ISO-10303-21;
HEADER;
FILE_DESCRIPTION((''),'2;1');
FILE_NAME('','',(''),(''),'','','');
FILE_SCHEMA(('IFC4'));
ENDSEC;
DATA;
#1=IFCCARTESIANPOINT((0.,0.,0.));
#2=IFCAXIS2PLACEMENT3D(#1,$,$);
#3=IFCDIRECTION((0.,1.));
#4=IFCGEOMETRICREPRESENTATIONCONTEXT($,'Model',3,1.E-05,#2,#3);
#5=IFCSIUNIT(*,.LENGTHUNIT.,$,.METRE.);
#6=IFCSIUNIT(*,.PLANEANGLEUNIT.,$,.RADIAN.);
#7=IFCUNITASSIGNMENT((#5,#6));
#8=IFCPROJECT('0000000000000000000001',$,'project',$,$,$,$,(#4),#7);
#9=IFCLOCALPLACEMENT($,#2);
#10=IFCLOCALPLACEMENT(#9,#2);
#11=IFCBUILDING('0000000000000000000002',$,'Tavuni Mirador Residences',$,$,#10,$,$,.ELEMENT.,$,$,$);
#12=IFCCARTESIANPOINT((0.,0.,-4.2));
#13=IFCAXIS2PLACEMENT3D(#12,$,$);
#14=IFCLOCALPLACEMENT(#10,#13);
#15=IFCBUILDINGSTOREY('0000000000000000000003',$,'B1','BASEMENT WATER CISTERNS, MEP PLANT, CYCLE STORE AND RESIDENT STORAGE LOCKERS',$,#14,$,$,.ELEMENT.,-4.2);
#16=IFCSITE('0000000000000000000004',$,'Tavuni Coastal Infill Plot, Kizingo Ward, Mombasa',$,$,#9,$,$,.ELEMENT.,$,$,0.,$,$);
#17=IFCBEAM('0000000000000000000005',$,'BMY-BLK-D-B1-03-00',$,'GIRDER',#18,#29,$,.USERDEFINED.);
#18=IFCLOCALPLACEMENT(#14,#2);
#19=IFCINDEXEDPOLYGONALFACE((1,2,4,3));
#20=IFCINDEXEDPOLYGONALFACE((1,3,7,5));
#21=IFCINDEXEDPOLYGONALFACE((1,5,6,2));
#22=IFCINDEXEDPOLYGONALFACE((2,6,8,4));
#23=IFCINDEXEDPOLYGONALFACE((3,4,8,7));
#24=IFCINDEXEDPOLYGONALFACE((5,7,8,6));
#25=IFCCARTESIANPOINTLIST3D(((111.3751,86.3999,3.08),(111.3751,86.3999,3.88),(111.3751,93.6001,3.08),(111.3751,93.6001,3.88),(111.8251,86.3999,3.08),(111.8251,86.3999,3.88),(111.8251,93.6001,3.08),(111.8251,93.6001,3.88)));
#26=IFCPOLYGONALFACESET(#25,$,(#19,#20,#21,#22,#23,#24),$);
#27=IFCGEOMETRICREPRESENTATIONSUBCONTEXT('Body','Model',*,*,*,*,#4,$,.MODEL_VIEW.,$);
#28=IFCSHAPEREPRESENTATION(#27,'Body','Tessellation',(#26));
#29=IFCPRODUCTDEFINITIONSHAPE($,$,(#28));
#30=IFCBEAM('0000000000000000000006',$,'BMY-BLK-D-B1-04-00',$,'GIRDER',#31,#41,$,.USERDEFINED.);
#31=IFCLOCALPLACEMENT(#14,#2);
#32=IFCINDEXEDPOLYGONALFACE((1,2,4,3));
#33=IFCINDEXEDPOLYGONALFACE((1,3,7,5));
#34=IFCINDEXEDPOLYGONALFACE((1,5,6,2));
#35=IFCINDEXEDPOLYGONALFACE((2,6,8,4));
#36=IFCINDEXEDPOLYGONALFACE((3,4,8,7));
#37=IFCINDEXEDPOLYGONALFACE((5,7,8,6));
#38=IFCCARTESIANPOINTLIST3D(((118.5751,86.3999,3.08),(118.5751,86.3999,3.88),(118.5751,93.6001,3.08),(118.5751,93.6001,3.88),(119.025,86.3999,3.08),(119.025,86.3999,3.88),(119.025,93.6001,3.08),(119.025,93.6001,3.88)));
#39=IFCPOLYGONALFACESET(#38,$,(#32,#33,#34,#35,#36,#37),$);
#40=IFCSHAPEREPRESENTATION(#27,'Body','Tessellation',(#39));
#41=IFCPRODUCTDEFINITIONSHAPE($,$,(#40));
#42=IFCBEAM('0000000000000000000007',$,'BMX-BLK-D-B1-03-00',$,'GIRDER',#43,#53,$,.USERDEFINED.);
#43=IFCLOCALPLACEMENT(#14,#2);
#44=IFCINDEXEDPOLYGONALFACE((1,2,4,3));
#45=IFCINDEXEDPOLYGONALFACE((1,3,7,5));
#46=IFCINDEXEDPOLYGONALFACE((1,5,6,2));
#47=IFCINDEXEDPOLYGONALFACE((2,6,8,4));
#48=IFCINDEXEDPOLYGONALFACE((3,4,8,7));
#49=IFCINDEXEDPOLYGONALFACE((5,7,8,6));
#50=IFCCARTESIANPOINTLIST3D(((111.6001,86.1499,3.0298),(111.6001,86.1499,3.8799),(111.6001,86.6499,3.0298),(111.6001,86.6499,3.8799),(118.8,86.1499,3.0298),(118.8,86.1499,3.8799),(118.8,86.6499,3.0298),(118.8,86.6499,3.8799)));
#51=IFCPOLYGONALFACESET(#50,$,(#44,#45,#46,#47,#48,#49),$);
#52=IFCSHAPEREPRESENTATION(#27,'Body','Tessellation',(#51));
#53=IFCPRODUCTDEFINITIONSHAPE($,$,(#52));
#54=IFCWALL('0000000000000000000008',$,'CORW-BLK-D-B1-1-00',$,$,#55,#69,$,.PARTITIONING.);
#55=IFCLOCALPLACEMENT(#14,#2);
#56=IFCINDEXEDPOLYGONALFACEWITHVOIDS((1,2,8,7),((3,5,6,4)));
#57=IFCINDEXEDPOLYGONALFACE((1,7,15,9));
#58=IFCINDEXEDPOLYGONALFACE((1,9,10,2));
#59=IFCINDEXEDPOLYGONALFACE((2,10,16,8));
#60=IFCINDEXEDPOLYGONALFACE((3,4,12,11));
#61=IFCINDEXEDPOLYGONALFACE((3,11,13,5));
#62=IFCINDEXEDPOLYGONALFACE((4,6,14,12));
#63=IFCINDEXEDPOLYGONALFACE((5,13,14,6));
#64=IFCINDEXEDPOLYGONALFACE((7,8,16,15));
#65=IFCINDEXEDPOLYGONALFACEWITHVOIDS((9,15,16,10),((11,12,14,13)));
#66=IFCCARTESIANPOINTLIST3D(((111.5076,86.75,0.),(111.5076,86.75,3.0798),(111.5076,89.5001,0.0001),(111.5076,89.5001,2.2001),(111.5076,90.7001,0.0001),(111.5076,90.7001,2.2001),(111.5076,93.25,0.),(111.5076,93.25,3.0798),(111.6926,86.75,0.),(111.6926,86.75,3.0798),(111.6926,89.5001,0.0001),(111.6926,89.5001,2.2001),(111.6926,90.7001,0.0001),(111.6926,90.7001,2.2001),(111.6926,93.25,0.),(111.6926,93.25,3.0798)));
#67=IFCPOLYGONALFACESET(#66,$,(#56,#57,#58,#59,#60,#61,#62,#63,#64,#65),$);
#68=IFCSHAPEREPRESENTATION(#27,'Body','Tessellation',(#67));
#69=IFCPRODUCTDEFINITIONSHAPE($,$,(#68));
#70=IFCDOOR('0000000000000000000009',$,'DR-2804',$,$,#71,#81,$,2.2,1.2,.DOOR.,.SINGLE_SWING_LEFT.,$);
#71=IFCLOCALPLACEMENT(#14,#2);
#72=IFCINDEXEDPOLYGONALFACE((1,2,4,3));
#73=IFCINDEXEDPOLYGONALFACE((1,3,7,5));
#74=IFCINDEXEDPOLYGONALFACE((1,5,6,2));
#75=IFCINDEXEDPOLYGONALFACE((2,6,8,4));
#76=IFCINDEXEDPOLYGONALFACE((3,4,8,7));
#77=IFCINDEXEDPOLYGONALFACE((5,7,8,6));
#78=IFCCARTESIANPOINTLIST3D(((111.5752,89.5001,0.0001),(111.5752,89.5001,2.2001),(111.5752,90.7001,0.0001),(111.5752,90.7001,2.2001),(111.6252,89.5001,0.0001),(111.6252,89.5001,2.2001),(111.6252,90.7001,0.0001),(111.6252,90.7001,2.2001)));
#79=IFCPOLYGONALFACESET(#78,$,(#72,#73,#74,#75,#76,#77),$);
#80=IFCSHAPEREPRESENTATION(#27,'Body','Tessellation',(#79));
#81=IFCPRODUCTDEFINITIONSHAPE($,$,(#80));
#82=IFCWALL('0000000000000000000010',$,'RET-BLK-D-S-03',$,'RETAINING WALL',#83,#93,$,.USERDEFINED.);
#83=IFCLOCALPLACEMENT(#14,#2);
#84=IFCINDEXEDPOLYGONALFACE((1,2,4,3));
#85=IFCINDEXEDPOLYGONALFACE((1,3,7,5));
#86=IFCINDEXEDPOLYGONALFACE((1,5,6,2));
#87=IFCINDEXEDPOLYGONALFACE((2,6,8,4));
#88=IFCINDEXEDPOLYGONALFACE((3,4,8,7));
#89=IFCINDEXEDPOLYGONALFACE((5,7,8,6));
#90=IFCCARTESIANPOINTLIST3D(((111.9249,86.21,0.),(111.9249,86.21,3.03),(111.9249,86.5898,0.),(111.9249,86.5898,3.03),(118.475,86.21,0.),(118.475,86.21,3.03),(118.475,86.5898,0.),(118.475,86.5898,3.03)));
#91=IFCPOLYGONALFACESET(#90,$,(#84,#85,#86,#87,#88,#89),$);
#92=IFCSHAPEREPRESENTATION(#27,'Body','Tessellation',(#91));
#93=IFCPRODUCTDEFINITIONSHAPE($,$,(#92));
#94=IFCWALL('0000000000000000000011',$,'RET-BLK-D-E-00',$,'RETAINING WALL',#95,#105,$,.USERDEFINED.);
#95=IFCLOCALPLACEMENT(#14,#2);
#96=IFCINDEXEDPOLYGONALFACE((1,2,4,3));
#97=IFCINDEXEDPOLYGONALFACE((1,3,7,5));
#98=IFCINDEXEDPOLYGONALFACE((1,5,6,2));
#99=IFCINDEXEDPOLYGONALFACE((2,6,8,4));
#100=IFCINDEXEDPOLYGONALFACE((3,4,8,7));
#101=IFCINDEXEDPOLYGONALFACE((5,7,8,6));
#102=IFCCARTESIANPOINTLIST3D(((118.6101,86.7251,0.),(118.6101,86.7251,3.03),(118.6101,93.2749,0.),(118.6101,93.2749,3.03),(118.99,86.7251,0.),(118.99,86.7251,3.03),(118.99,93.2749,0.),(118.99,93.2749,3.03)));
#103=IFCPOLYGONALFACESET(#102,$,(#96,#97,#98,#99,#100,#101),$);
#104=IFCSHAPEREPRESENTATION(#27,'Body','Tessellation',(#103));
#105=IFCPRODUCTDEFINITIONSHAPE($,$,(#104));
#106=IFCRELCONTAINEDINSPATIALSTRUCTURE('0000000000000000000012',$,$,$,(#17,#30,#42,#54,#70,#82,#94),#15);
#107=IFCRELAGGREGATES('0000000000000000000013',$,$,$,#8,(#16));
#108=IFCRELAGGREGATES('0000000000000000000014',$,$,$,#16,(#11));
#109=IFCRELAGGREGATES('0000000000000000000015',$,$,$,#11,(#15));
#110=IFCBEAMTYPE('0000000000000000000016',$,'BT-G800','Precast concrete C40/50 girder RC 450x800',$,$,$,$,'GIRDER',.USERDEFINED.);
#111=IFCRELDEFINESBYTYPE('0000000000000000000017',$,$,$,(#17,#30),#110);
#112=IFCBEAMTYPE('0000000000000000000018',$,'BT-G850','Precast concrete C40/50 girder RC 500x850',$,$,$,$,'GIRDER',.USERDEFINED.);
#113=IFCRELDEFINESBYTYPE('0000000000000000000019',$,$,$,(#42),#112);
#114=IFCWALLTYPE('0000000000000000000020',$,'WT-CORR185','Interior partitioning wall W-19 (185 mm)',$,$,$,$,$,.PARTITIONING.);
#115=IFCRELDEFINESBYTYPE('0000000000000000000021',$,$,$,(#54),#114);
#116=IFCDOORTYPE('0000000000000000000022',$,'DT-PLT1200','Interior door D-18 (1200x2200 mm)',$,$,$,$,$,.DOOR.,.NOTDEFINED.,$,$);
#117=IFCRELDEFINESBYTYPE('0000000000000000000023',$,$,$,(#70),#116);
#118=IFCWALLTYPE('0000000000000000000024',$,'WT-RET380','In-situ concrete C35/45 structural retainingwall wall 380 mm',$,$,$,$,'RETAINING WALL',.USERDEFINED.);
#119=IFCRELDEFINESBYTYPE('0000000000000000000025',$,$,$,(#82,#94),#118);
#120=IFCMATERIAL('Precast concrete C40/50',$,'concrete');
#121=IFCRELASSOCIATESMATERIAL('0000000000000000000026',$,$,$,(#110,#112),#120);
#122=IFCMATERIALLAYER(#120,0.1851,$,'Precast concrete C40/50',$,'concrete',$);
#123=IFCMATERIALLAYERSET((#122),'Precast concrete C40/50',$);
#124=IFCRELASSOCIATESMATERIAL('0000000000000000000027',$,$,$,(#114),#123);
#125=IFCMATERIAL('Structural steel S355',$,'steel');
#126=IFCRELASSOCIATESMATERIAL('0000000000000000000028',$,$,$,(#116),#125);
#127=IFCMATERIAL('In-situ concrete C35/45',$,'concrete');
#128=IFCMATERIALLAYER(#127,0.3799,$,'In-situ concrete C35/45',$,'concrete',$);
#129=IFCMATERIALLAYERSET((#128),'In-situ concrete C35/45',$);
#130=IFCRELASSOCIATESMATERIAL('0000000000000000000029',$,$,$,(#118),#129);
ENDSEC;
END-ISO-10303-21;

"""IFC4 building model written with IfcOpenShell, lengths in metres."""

from ifc_helpers import new_model, si_unit, direction, frame, frame_2d, origin, origin_2d, place, context, subcontext, project, spatial, rectangle, extrude, material, layer, layer_set, material_profile, profile_set, type_object, element, fill, save


model = new_model("IFC4")

# Units and contexts
model_context = context("Model", 3, precision=1e-05, world=origin(), true_north=direction((0.0, 1.0)))
body_context = subcontext(model_context, "Body", "Model", "MODEL_VIEW")
ifc_project = project(units=[si_unit("LENGTHUNIT", "METRE"), si_unit("PLANEANGLEUNIT", "RADIAN")], contexts=[model_context])

# Site, building, storey
site_placement = place(None, origin())
site = spatial("IfcSite", under=ifc_project, at=site_placement, Name="Tavuni Coastal Infill Plot, Kizingo Ward, Mombasa", CompositionType="ELEMENT", RefElevation=0.0)
building_placement = place(site_placement, origin())
building = spatial("IfcBuilding", under=site, at=building_placement, Name="Tavuni Mirador Residences", CompositionType="ELEMENT")
storey_placement = place(building_placement, frame((0.0, 0.0, -4.2)))
storey = spatial("IfcBuildingStorey", under=building, at=storey_placement, Name="B1", Description="BASEMENT WATER CISTERNS, MEP PLANT, CYCLE STORE AND RESIDENT STORAGE LOCKERS", CompositionType="ELEMENT", Elevation=-4.2)

# Shared definitions
ifc_material_1 = material(Name="In-situ concrete C35/45", Category="concrete")

# Beams
ifc_material_2 = material(Name="Precast concrete C40/50", Category="concrete")
ifc_material_profile_1 = material_profile(ifc_material_2, rectangle(XDim=0.45, YDim=0.8, at=origin_2d()), Name="RC 450x800", Category="concrete")
ifc_profile_set_1 = profile_set([ifc_material_profile_1], Name="Precast concrete C40/50")
beam_type_1 = type_object("IfcBeamType", Name="BT-G800", Description="Precast concrete C40/50 girder RC 450x800", ElementType="GIRDER", PredefinedType="USERDEFINED", material=ifc_profile_set_1)
for number, where, z_axis, x_axis, name in (
    (1, (111.6001, 86.3999, 3.48), (0.0, 1.0, 0.0), (-1.0, 0.0, 0.0), "BMY-BLK-D-B1-03-00"),
    (2, (118.8, 86.3999, 3.48), (0.0, 1.0, 0.0), (-1.0, 0.0, 0.0), "BMY-BLK-D-B1-04-00"),
):
    element("IfcBeam", number, at=place(storey_placement, frame(where, z_axis=z_axis, x_axis=x_axis)), inside=storey, type_object=beam_type_1, Name=name, ObjectType="GIRDER", PredefinedType="USERDEFINED", context=body_context, shape_type="SweptSolid", body=[
        extrude(rectangle(XDim=0.45, YDim=0.8, at=origin_2d()), origin(), (0.0, 0.0, 1.0), 7.2002),
    ])
ifc_material_profile_2 = material_profile(ifc_material_2, rectangle(XDim=0.5, YDim=0.8501, at=origin_2d()), Name="RC 500x850", Category="concrete")
ifc_profile_set_2 = profile_set([ifc_material_profile_2], Name="Precast concrete C40/50")
beam_type_2 = type_object("IfcBeamType", Name="BT-G850", Description="Precast concrete C40/50 girder RC 500x850", ElementType="GIRDER", PredefinedType="USERDEFINED", material=ifc_profile_set_2)
beam_placement = place(storey_placement, frame((111.6001, 86.3999, 3.4548), z_axis=(1.0, 0.0, 0.0), x_axis=(0.0, 1.0, 0.0)))
element("IfcBeam", 3, at=beam_placement, inside=storey, type_object=beam_type_2, Name="BMX-BLK-D-B1-03-00", ObjectType="GIRDER", PredefinedType="USERDEFINED", context=body_context, shape_type="SweptSolid", body=[
    extrude(rectangle(XDim=0.5, YDim=0.8501, at=origin_2d()), origin(), (0.0, 0.0, 1.0), 7.2),
])

# Wall, opening, door
ifc_layer_1 = layer(ifc_material_2, 0.1851, Name="Precast concrete C40/50", Category="concrete")
ifc_layer_set_1 = layer_set([ifc_layer_1], Name="Precast concrete C40/50")
wall_type_1 = type_object("IfcWallType", Name="WT-CORR185", Description="Interior partitioning wall W-19 (185 mm)", PredefinedType="PARTITIONING", material=ifc_layer_set_1)
wall_1_placement = place(storey_placement, frame((111.6001, 86.75, 0.0), z_axis=(0.0, 0.0, 1.0), x_axis=(0.0, 1.0, 0.0)))
wall_1 = element("IfcWall", 4, at=wall_1_placement, inside=storey, type_object=wall_type_1, Name="CORW-BLK-D-B1-1-00", PredefinedType="PARTITIONING", context=body_context, shape_type="SweptSolid", body=[
    extrude(rectangle(XDim=6.5, YDim=0.1851, at=frame_2d((3.25, 0.0))), origin(), (0.0, 0.0, 1.0), 3.0798),
])
opening_placement = place(wall_1_placement, frame((2.75, 0.0, 0.0)))
opening = element("IfcOpeningElement", 5, at=opening_placement, cuts=wall_1, PredefinedType="OPENING", context=body_context, shape_type="SweptSolid", body=[
    extrude(rectangle(XDim=1.2, YDim=2.2, at=frame_2d((0.6001, 1.1001))), frame((0.0, 0.1025, 0.0), z_axis=(0.0, -1.0, 0.0), x_axis=(1.0, 0.0, 0.0)), (0.0, 0.0, 1.0), 0.2051),
])
ifc_material_3 = material(Name="Structural steel S355", Category="steel")
door_type = type_object("IfcDoorType", Name="DT-PLT1200", Description="Interior door D-18 (1200x2200 mm)", OperationType="NOTDEFINED", PredefinedType="DOOR", material=ifc_material_3)
door_placement = place(opening_placement, origin())
door = element("IfcDoor", 6, at=door_placement, inside=storey, type_object=door_type, Name="DR-2804", OperationType="SINGLE_SWING_LEFT", OverallHeight=2.2, OverallWidth=1.2, PredefinedType="DOOR", context=body_context, shape_type="SweptSolid", body=[
    extrude(rectangle(XDim=1.2, YDim=2.2, at=frame_2d((0.6001, 1.1001))), frame((0.0, 0.0249, 0.0), z_axis=(0.0, -1.0, 0.0), x_axis=(1.0, 0.0, 0.0)), (0.0, 0.0, 1.0), 0.05),
])
fill(opening, door)

# Walls
ifc_layer_2 = layer(ifc_material_1, 0.3799, Name="In-situ concrete C35/45", Category="concrete")
ifc_layer_set_2 = layer_set([ifc_layer_2], Name="In-situ concrete C35/45")
wall_type_2 = type_object("IfcWallType", Name="WT-RET380", Description="In-situ concrete C35/45 structural retainingwall wall 380 mm", ElementType="RETAINING WALL", PredefinedType="USERDEFINED", material=ifc_layer_set_2)
wall_2_placement = place(storey_placement, frame((111.925, 86.3999, 0.0), z_axis=(0.0, 0.0, 1.0), x_axis=(1.0, 0.0, 0.0)))
element("IfcWall", 7, at=wall_2_placement, inside=storey, type_object=wall_type_2, Name="RET-BLK-D-S-03", ObjectType="RETAINING WALL", PredefinedType="USERDEFINED", context=body_context, shape_type="SweptSolid", body=[
    extrude(rectangle(XDim=6.55, YDim=0.3799, at=frame_2d((3.2749, 0.0))), origin(), (0.0, 0.0, 1.0), 3.03),
])
wall_3_placement = place(storey_placement, frame((118.8, 86.7251, 0.0), z_axis=(0.0, 0.0, 1.0), x_axis=(0.0, 1.0, 0.0)))
element("IfcWall", 8, at=wall_3_placement, inside=storey, type_object=wall_type_2, Name="RET-BLK-D-E-00", ObjectType="RETAINING WALL", PredefinedType="USERDEFINED", context=body_context, shape_type="SweptSolid", body=[
    extrude(rectangle(XDim=6.5498, YDim=0.3799, at=frame_2d((3.2749, 0.0))), origin(), (0.0, 0.0, 1.0), 3.03),
])

save(model, "model.ifc")
